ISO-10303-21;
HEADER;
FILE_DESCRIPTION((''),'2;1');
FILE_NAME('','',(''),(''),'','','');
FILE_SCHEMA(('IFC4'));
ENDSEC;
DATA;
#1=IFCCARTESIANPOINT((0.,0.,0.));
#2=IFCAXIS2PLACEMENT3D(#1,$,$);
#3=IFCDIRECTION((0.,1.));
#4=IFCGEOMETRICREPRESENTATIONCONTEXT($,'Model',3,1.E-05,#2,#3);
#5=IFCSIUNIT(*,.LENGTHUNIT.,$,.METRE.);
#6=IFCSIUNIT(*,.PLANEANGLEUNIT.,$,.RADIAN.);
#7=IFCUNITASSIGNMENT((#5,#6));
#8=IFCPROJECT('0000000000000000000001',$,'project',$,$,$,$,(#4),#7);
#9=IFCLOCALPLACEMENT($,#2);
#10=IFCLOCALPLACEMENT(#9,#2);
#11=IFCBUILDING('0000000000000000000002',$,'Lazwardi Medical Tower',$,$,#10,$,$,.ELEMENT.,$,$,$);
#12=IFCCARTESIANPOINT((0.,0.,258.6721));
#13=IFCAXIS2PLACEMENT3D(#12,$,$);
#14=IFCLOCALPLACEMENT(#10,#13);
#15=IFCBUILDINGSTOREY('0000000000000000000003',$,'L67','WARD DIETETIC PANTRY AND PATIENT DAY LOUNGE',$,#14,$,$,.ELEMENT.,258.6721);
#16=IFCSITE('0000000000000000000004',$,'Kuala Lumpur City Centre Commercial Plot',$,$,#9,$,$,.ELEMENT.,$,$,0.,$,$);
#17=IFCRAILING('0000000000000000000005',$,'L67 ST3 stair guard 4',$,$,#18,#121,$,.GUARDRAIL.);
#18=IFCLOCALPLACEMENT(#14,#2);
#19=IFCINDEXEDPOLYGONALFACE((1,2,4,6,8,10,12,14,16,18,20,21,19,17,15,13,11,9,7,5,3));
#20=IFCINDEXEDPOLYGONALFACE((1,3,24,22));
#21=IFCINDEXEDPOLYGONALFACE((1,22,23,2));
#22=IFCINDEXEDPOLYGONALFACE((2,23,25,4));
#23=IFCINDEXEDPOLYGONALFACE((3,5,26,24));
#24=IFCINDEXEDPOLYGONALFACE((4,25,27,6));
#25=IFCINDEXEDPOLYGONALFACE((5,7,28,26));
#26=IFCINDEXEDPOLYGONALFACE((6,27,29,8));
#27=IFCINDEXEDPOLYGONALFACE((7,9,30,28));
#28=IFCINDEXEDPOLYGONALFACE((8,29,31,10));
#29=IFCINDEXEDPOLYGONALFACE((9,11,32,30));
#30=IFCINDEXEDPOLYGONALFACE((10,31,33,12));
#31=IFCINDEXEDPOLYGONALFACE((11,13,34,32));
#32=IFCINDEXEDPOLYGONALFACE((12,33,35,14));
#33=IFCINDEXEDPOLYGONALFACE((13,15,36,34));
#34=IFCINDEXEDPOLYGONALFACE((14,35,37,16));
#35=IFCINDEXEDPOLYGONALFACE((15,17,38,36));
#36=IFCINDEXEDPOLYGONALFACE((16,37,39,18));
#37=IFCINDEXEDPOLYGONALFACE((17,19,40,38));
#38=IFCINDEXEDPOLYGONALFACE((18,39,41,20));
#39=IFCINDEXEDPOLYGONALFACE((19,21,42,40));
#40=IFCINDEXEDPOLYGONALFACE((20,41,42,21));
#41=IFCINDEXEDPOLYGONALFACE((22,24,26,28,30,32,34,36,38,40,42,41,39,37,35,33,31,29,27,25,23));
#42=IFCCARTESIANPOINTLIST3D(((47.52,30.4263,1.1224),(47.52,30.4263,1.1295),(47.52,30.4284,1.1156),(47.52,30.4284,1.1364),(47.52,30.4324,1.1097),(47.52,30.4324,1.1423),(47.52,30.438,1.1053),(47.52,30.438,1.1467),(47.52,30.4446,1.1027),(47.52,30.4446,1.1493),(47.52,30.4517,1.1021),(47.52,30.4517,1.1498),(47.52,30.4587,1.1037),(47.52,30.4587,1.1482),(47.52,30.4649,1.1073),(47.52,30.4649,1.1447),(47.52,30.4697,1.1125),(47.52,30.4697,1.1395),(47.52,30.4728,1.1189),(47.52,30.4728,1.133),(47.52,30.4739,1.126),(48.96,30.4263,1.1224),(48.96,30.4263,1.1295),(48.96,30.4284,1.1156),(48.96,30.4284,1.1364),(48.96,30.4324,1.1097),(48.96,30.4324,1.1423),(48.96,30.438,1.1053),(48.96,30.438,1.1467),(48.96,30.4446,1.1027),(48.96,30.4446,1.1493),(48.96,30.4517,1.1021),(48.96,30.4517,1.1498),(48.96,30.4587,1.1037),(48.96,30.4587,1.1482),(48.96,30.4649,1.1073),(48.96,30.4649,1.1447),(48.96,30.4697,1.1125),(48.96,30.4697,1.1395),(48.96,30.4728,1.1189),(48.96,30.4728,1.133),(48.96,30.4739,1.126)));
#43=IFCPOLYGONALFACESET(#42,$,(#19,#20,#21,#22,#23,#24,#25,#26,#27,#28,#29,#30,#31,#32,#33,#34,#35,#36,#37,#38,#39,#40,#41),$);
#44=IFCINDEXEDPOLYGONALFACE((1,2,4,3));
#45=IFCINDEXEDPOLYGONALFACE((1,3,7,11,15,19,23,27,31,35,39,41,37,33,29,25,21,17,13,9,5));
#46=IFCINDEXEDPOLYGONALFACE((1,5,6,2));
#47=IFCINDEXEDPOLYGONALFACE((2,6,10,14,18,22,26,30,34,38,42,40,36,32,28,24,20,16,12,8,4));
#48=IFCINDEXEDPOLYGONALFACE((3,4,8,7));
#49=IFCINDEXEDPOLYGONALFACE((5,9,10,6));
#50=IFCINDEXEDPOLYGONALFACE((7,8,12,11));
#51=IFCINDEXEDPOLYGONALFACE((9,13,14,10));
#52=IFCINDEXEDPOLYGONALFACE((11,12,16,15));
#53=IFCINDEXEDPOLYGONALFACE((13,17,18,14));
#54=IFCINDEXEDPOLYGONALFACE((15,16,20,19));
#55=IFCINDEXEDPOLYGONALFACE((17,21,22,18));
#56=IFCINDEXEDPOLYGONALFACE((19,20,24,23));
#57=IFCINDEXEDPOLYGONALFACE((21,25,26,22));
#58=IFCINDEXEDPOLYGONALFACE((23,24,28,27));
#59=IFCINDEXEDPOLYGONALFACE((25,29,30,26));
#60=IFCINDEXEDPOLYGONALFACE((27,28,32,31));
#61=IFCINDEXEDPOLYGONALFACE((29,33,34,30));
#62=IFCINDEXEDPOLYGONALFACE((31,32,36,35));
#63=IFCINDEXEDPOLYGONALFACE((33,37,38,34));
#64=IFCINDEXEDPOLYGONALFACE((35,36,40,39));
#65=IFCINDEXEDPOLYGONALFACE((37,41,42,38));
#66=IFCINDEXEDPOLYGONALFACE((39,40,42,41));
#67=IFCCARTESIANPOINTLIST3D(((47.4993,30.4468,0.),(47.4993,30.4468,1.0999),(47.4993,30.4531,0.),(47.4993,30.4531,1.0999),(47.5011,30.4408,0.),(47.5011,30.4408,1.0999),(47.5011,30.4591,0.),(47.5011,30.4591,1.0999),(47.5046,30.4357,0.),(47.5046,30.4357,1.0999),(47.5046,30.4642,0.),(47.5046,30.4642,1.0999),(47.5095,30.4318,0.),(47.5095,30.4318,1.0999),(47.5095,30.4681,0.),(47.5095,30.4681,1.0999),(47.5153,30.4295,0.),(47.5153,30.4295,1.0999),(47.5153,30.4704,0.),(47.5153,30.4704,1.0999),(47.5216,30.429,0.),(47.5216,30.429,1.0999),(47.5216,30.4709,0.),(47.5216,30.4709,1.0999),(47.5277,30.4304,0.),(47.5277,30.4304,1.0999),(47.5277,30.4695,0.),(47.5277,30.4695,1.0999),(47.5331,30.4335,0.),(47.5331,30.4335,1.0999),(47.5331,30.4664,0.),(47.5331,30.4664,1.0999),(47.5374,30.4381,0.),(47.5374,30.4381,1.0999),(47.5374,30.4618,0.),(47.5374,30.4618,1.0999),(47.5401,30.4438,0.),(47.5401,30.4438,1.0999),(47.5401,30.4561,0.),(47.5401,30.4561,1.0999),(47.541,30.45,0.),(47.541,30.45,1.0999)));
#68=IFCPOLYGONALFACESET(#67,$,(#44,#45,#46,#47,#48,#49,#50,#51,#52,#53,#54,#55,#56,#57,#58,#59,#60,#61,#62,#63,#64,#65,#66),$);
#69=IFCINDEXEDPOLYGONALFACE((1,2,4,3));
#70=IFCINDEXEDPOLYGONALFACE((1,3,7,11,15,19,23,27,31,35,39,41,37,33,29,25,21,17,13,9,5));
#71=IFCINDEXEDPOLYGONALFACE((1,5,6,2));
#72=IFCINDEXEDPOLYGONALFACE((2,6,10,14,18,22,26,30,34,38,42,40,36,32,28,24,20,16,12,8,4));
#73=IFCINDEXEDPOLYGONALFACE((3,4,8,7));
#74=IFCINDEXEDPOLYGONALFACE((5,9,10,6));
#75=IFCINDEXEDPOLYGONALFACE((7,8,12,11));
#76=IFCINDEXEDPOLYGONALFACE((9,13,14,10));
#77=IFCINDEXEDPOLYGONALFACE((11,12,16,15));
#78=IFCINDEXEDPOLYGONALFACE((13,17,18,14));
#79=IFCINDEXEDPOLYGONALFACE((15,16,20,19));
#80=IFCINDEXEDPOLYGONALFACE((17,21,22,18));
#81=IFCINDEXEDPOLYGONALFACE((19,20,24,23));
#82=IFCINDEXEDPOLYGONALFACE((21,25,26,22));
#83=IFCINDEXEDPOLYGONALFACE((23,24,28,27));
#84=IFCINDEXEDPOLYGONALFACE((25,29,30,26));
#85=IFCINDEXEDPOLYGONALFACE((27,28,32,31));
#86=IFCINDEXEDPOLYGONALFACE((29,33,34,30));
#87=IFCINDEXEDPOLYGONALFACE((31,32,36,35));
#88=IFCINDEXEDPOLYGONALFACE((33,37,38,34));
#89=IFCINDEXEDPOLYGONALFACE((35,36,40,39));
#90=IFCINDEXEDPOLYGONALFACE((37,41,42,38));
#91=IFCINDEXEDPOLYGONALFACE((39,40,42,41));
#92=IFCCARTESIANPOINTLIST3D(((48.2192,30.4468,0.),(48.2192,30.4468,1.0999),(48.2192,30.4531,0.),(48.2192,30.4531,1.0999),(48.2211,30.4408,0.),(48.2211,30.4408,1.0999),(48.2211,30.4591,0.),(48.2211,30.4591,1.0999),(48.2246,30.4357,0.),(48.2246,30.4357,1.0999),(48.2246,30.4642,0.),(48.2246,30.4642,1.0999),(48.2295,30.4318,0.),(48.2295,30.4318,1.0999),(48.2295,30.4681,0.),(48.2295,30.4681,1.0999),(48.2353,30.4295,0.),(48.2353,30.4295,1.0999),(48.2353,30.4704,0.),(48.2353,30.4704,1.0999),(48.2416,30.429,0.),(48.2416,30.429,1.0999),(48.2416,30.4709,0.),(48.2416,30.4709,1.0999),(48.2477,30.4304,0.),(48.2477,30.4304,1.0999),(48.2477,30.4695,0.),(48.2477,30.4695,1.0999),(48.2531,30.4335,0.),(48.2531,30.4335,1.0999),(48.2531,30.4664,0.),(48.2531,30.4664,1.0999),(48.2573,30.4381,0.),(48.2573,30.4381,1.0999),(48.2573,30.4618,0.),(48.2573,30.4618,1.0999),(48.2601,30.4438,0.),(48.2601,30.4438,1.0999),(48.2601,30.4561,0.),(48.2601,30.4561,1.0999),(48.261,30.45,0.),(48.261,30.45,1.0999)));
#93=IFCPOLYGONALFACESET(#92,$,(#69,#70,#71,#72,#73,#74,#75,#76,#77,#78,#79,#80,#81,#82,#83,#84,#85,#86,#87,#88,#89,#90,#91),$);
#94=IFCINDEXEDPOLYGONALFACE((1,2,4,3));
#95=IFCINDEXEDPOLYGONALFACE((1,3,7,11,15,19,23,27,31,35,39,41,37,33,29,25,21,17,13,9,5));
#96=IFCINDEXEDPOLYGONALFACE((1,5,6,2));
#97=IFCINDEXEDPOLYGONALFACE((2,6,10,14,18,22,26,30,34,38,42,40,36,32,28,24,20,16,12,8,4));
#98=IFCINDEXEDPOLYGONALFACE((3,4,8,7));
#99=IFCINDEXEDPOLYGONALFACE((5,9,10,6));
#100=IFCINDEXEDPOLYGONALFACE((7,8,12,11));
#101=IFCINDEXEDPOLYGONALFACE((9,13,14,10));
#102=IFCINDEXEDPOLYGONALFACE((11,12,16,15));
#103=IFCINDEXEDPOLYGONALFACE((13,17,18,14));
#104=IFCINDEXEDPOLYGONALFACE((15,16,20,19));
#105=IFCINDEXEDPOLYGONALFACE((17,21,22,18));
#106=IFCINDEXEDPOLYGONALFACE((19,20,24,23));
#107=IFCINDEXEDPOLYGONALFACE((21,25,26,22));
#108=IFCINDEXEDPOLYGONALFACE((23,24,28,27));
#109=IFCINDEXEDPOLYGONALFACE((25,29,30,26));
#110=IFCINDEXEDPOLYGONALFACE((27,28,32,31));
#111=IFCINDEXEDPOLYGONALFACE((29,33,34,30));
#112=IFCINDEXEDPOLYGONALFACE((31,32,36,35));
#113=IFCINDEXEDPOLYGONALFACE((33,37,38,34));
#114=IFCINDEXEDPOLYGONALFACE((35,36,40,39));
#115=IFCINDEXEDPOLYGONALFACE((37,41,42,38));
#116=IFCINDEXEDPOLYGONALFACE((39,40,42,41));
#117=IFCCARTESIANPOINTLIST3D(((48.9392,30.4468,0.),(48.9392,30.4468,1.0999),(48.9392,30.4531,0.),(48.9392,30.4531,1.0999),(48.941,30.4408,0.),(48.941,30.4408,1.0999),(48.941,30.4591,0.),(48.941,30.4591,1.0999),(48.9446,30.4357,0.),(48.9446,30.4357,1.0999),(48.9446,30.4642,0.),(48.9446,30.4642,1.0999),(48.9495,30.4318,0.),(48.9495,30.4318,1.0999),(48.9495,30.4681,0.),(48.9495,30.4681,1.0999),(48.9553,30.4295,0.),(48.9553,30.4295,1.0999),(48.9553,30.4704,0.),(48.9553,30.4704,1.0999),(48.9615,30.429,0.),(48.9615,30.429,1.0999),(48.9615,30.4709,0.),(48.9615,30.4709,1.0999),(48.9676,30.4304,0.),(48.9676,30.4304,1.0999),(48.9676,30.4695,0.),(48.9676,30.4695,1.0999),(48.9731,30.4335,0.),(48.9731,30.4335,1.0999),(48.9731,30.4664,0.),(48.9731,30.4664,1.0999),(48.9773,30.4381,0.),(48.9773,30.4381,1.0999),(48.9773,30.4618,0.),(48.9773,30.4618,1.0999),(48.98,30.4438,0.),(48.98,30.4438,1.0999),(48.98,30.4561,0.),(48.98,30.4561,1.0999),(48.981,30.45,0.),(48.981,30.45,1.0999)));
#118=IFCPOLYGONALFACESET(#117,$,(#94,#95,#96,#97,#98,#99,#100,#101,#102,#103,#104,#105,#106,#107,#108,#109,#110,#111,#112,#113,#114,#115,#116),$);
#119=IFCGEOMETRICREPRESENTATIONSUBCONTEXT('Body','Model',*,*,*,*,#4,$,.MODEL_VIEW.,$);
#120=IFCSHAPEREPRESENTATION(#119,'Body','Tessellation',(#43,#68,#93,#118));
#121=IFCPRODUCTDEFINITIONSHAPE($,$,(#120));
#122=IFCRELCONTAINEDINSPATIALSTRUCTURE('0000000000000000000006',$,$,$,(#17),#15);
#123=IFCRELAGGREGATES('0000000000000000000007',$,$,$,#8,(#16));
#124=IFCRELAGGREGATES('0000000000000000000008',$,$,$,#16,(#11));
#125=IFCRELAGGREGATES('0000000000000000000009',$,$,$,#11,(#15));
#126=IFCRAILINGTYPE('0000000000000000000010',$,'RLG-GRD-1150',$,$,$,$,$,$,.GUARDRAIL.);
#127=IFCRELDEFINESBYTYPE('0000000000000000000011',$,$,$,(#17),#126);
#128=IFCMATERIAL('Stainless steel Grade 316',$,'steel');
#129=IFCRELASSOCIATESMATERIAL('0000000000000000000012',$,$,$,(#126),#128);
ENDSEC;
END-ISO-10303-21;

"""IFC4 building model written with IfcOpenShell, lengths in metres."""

from ifc_helpers import new_model, si_unit, direction, frame, origin, origin_2d, place, context, subcontext, project, spatial, circle, extrude, material, type_object, element, save


model = new_model("IFC4")

# Units and contexts
model_context = context("Model", 3, precision=1e-05, world=origin(), true_north=direction((0.0, 1.0)))
body_context = subcontext(model_context, "Body", "Model", "MODEL_VIEW")
ifc_project = project(units=[si_unit("LENGTHUNIT", "METRE"), si_unit("PLANEANGLEUNIT", "RADIAN")], contexts=[model_context])

# Site, building, storey
site_placement = place(None, origin())
site = spatial("IfcSite", under=ifc_project, at=site_placement, Name="Kuala Lumpur City Centre Commercial Plot", CompositionType="ELEMENT", RefElevation=0.0)
building_placement = place(site_placement, origin())
building = spatial("IfcBuilding", under=site, at=building_placement, Name="Lazwardi Medical Tower", CompositionType="ELEMENT")
storey_placement = place(building_placement, frame((0.0, 0.0, 258.6721)))
storey = spatial("IfcBuildingStorey", under=building, at=storey_placement, Name="L67", Description="WARD DIETETIC PANTRY AND PATIENT DAY LOUNGE", CompositionType="ELEMENT", Elevation=258.6721)

# Railing
ifc_material_1 = material(Name="Stainless steel Grade 316", Category="steel")
railing_type = type_object("IfcRailingType", Name="RLG-GRD-1150", PredefinedType="GUARDRAIL", material=ifc_material_1)
railing_1_placement = place(storey_placement, frame((47.52, 30.45, 0.0)))
element("IfcRailing", 1, at=railing_1_placement, inside=storey, type_object=railing_type, Name="L67 ST3 stair guard 4", PredefinedType="GUARDRAIL", context=body_context, shape_type="SweptSolid", body=[
    extrude(circle(Radius=0.0239, at=origin_2d()), frame((0.0, 0.0, 1.126), z_axis=(1.0, 0.0, 0.0), x_axis=(0.0, 1.0, 0.0)), (0.0, 0.0, 1.0), 1.4399),
    extrude(circle(Radius=0.021, at=origin_2d()), origin(), (0.0, 0.0, 1.0), 1.0999),
    extrude(circle(Radius=0.021, at=origin_2d()), frame((0.72, 0.0, 0.0)), (0.0, 0.0, 1.0), 1.0999),
    extrude(circle(Radius=0.021, at=origin_2d()), frame((1.4399, 0.0, 0.0)), (0.0, 0.0, 1.0), 1.0999),
])

save(model, "model.ifc")
